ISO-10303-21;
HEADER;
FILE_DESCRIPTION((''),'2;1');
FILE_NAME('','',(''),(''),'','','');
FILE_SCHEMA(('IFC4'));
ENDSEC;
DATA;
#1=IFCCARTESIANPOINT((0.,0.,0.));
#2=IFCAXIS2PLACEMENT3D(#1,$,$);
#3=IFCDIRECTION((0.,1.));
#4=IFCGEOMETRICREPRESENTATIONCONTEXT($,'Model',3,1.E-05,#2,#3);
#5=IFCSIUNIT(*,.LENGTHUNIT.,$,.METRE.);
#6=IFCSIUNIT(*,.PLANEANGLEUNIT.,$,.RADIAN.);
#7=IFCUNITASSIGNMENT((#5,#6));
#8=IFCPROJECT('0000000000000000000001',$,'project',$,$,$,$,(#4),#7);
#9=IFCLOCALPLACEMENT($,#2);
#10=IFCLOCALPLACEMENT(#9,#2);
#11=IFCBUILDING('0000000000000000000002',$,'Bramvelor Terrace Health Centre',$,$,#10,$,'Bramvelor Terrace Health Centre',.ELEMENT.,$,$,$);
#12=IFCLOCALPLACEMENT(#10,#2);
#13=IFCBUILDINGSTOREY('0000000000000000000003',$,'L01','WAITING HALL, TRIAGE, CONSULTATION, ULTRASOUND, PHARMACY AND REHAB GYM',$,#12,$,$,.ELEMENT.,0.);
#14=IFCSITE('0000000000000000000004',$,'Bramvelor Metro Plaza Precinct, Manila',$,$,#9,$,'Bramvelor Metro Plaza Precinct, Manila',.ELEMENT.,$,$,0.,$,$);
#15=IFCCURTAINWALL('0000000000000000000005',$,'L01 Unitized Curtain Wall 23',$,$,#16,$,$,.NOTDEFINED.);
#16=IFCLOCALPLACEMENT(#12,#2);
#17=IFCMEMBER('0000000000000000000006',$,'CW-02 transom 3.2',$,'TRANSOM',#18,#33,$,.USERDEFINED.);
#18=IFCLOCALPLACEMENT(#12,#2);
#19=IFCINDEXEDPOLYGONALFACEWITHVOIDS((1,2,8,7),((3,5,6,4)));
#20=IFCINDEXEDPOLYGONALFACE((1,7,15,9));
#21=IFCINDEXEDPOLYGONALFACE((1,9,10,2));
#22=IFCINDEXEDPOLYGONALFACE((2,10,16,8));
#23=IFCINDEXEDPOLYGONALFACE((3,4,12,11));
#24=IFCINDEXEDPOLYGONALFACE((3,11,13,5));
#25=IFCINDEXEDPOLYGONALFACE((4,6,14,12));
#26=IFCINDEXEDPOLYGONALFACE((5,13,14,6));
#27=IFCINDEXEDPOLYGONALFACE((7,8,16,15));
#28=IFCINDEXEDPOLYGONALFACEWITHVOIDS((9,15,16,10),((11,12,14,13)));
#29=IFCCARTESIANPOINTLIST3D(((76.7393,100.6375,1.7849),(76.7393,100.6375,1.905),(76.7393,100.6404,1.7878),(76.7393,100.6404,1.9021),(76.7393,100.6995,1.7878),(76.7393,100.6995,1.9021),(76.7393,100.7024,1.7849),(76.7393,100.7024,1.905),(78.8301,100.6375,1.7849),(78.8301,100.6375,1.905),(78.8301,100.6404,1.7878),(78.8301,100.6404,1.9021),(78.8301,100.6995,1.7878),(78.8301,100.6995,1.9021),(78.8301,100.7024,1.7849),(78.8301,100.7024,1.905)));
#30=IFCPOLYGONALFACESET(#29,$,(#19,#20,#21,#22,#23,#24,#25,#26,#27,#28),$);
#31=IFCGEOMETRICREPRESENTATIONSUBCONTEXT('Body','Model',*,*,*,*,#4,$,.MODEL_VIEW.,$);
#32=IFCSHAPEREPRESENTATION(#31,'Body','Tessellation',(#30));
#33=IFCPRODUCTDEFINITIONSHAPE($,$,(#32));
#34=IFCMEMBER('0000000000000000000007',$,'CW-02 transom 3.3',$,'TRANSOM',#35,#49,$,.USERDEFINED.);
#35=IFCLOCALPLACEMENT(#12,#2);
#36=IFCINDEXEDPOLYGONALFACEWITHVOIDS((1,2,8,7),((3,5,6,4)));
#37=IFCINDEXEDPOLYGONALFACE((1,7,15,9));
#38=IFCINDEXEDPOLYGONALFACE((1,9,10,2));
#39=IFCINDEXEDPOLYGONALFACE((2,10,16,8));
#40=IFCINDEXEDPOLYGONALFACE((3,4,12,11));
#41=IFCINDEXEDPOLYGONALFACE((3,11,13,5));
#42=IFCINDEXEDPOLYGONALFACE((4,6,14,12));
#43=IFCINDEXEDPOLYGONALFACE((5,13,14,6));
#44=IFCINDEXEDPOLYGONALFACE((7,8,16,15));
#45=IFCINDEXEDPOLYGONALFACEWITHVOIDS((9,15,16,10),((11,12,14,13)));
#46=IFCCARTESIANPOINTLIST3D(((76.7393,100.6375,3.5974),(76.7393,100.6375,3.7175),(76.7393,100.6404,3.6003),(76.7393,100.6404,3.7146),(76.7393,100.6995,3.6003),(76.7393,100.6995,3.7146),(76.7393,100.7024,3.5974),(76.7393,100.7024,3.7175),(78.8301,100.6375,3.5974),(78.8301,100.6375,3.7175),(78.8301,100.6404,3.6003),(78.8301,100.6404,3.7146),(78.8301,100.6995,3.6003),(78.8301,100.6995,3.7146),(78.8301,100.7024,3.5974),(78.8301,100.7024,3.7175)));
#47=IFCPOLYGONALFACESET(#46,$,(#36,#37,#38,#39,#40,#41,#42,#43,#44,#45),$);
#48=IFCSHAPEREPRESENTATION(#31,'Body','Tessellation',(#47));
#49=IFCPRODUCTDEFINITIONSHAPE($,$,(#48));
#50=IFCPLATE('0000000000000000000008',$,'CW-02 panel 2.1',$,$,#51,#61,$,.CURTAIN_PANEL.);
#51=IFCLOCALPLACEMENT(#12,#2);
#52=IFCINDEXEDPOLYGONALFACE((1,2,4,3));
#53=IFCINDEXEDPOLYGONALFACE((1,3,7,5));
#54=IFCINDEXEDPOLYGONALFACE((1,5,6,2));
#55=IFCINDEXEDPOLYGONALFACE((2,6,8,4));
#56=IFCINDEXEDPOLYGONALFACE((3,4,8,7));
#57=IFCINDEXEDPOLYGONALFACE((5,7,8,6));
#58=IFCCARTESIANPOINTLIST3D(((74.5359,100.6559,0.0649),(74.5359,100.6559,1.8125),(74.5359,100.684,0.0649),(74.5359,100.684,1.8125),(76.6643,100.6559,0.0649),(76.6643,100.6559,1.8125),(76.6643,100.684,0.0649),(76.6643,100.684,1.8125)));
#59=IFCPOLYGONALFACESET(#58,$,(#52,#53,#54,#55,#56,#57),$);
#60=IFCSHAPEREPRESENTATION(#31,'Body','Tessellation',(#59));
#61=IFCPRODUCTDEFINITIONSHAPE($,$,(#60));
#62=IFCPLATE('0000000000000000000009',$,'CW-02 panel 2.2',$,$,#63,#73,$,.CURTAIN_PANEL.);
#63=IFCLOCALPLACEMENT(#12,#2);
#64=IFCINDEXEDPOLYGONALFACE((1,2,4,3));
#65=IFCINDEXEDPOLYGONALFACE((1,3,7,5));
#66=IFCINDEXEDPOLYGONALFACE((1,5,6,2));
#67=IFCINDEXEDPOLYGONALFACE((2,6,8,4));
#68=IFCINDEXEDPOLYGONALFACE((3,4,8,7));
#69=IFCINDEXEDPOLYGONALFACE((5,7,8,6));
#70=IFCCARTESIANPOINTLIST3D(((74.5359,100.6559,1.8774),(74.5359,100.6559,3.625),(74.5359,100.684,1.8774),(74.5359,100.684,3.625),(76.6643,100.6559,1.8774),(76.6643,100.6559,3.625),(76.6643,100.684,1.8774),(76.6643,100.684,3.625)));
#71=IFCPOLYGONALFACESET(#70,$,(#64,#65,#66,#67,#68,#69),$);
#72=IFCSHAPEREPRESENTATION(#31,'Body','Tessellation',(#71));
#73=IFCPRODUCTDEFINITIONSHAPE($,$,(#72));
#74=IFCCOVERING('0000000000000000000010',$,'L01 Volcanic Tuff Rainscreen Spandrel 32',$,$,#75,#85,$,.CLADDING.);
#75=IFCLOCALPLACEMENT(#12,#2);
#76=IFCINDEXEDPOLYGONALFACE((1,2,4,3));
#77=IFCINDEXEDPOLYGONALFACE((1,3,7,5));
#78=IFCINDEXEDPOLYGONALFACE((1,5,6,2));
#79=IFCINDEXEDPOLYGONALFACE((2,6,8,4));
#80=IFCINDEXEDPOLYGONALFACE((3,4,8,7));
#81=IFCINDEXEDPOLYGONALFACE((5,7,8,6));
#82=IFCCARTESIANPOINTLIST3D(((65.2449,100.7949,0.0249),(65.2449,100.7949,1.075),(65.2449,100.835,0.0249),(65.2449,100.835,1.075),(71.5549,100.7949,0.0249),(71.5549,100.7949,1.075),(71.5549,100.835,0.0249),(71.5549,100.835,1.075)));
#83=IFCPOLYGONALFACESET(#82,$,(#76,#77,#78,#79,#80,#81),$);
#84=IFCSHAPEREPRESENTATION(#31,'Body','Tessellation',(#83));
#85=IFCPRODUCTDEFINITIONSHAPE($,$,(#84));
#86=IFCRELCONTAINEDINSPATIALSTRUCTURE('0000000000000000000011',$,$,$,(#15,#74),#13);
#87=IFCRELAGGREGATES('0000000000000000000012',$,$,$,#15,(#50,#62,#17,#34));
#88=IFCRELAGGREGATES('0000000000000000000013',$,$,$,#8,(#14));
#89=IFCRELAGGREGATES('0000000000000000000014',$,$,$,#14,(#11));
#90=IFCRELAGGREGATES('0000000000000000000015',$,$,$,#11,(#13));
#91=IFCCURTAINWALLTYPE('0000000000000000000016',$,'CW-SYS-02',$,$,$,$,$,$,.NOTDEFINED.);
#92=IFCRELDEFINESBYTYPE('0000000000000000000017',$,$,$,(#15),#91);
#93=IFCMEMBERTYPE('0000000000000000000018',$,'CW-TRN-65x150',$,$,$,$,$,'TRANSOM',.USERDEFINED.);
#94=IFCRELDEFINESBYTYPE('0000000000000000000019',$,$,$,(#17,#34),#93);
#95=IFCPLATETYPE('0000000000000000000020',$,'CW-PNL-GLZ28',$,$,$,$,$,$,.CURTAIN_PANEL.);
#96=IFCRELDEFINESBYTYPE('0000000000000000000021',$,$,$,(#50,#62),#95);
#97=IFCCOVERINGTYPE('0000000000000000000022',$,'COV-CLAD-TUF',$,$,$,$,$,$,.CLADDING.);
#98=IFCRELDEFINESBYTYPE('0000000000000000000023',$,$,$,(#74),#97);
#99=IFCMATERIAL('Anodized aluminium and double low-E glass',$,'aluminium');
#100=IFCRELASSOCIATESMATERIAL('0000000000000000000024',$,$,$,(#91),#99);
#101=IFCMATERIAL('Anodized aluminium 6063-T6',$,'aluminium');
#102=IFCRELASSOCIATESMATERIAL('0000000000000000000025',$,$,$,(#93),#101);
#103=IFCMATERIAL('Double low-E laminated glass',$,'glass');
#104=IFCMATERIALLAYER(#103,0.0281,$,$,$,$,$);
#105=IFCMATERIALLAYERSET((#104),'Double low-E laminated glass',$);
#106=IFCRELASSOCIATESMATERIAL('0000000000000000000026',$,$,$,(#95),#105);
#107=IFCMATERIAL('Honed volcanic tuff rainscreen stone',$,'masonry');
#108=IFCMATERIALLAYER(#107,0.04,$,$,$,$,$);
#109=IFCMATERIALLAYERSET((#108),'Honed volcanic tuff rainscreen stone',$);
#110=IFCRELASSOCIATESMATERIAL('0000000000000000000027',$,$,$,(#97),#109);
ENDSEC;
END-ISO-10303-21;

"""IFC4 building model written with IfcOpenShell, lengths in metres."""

from ifc_helpers import new_model, si_unit, direction, frame, origin, origin_2d, place, context, subcontext, project, spatial, rectangle, hollow_rectangle, extrude, material, layer, layer_set, material_profile, profile_set, type_object, element, aggregate, save


model = new_model("IFC4")

# Units and contexts
model_context = context("Model", 3, precision=1e-05, world=origin(), true_north=direction((0.0, 1.0)))
body_context = subcontext(model_context, "Body", "Model", "MODEL_VIEW")
ifc_project = project(units=[si_unit("LENGTHUNIT", "METRE"), si_unit("PLANEANGLEUNIT", "RADIAN")], contexts=[model_context])

# Site, building, storey
site_placement = place(None, origin())
site = spatial("IfcSite", under=ifc_project, at=site_placement, Name="Bramvelor Metro Plaza Precinct, Manila", LongName="Bramvelor Metro Plaza Precinct, Manila", CompositionType="ELEMENT", RefElevation=0.0)
building_placement = place(site_placement, origin())
building = spatial("IfcBuilding", under=site, at=building_placement, Name="Bramvelor Terrace Health Centre", LongName="Bramvelor Terrace Health Centre", CompositionType="ELEMENT")
storey_placement = place(building_placement, origin())
storey = spatial("IfcBuildingStorey", under=building, at=storey_placement, Name="L01", Description="WAITING HALL, TRIAGE, CONSULTATION, ULTRASOUND, PHARMACY AND REHAB GYM", CompositionType="ELEMENT", Elevation=0.0)

# Curtain wall, members, plates
ifc_material_1 = material(Name="Anodized aluminium and double low-E glass", Category="aluminium")
curtain_wall_type = type_object("IfcCurtainWallType", Name="CW-SYS-02", PredefinedType="NOTDEFINED", material=ifc_material_1)
curtain_wall_placement = place(storey_placement, origin())
curtain_wall = element("IfcCurtainWall", 1, at=curtain_wall_placement, inside=storey, type_object=curtain_wall_type, Name="L01 Unitized Curtain Wall 23", PredefinedType="NOTDEFINED")
ifc_material_2 = material(Name="Anodized aluminium 6063-T6", Category="aluminium")
ifc_material_profile_1 = material_profile(ifc_material_2, hollow_rectangle(XDim=0.0649, YDim=0.1201, WallThickness=0.0029, at=origin_2d()), Name="ALU-TRN 65x120x3.0")
ifc_profile_set_1 = profile_set([ifc_material_profile_1], Name="Anodized aluminium 6063-T6")
member_type_1 = type_object("IfcMemberType", Name="CW-TRN-65x150", ElementType="TRANSOM", PredefinedType="USERDEFINED", material=ifc_profile_set_1)
member_1_placement = place(storey_placement, frame((76.7393, 100.6699, 1.845), z_axis=(1.0, 0.0, 0.0), x_axis=(0.0, 1.0, 0.0)))
member_1 = element("IfcMember", 2, at=member_1_placement, type_object=member_type_1, Name="CW-02 transom 3.2", ObjectType="TRANSOM", PredefinedType="USERDEFINED", context=body_context, shape_type="SweptSolid", body=[
    extrude(hollow_rectangle(XDim=0.0649, YDim=0.1201, WallThickness=0.0029, at=origin_2d()), origin(), (0.0, 0.0, 1.0), 2.0908),
])
member_2_placement = place(storey_placement, frame((76.7393, 100.6699, 3.6575), z_axis=(1.0, 0.0, 0.0), x_axis=(0.0, 1.0, 0.0)))
member_2 = element("IfcMember", 3, at=member_2_placement, type_object=member_type_1, Name="CW-02 transom 3.3", ObjectType="TRANSOM", PredefinedType="USERDEFINED", context=body_context, shape_type="SweptSolid", body=[
    extrude(hollow_rectangle(XDim=0.0649, YDim=0.1201, WallThickness=0.0029, at=origin_2d()), origin(), (0.0, 0.0, 1.0), 2.0908),
])
ifc_material_3 = material(Name="Double low-E laminated glass", Category="glass")
ifc_layer_1 = layer(ifc_material_3, 0.0281)
ifc_layer_set_1 = layer_set([ifc_layer_1], Name="Double low-E laminated glass")
plate_type = type_object("IfcPlateType", Name="CW-PNL-GLZ28", PredefinedType="CURTAIN_PANEL", material=ifc_layer_set_1)
plate_1_placement = place(storey_placement, frame((75.6001, 100.6699, 0.0649), z_axis=(0.0, 0.0, 1.0), x_axis=(1.0, 0.0, 0.0)))
plate_1 = element("IfcPlate", 4, at=plate_1_placement, type_object=plate_type, Name="CW-02 panel 2.1", PredefinedType="CURTAIN_PANEL", context=body_context, shape_type="SweptSolid", body=[
    extrude(rectangle(XDim=2.1284, YDim=0.0281, at=origin_2d()), origin(), (0.0, 0.0, 1.0), 1.7476),
])
plate_2_placement = place(storey_placement, frame((75.6001, 100.6699, 1.8774), z_axis=(0.0, 0.0, 1.0), x_axis=(1.0, 0.0, 0.0)))
plate_2 = element("IfcPlate", 5, at=plate_2_placement, type_object=plate_type, Name="CW-02 panel 2.2", PredefinedType="CURTAIN_PANEL", context=body_context, shape_type="SweptSolid", body=[
    extrude(rectangle(XDim=2.1284, YDim=0.0281, at=origin_2d()), origin(), (0.0, 0.0, 1.0), 1.7476),
])
aggregate(curtain_wall, [plate_1, plate_2, member_1, member_2])

# Covering
ifc_material_4 = material(Name="Honed volcanic tuff rainscreen stone", Category="masonry")
ifc_layer_2 = layer(ifc_material_4, 0.04)
ifc_layer_set_2 = layer_set([ifc_layer_2], Name="Honed volcanic tuff rainscreen stone")
covering_type = type_object("IfcCoveringType", Name="COV-CLAD-TUF", PredefinedType="CLADDING", material=ifc_layer_set_2)
covering_placement = place(storey_placement, frame((68.3999, 100.8149, 0.0249), z_axis=(0.0, 0.0, 1.0), x_axis=(1.0, 0.0, 0.0)))
element("IfcCovering", 6, at=covering_placement, inside=storey, type_object=covering_type, Name="L01 Volcanic Tuff Rainscreen Spandrel 32", PredefinedType="CLADDING", context=body_context, shape_type="SweptSolid", body=[
    extrude(rectangle(XDim=6.3101, YDim=0.04, at=origin_2d()), origin(), (0.0, 0.0, 1.0), 1.05),
])

save(model, "model.ifc")
